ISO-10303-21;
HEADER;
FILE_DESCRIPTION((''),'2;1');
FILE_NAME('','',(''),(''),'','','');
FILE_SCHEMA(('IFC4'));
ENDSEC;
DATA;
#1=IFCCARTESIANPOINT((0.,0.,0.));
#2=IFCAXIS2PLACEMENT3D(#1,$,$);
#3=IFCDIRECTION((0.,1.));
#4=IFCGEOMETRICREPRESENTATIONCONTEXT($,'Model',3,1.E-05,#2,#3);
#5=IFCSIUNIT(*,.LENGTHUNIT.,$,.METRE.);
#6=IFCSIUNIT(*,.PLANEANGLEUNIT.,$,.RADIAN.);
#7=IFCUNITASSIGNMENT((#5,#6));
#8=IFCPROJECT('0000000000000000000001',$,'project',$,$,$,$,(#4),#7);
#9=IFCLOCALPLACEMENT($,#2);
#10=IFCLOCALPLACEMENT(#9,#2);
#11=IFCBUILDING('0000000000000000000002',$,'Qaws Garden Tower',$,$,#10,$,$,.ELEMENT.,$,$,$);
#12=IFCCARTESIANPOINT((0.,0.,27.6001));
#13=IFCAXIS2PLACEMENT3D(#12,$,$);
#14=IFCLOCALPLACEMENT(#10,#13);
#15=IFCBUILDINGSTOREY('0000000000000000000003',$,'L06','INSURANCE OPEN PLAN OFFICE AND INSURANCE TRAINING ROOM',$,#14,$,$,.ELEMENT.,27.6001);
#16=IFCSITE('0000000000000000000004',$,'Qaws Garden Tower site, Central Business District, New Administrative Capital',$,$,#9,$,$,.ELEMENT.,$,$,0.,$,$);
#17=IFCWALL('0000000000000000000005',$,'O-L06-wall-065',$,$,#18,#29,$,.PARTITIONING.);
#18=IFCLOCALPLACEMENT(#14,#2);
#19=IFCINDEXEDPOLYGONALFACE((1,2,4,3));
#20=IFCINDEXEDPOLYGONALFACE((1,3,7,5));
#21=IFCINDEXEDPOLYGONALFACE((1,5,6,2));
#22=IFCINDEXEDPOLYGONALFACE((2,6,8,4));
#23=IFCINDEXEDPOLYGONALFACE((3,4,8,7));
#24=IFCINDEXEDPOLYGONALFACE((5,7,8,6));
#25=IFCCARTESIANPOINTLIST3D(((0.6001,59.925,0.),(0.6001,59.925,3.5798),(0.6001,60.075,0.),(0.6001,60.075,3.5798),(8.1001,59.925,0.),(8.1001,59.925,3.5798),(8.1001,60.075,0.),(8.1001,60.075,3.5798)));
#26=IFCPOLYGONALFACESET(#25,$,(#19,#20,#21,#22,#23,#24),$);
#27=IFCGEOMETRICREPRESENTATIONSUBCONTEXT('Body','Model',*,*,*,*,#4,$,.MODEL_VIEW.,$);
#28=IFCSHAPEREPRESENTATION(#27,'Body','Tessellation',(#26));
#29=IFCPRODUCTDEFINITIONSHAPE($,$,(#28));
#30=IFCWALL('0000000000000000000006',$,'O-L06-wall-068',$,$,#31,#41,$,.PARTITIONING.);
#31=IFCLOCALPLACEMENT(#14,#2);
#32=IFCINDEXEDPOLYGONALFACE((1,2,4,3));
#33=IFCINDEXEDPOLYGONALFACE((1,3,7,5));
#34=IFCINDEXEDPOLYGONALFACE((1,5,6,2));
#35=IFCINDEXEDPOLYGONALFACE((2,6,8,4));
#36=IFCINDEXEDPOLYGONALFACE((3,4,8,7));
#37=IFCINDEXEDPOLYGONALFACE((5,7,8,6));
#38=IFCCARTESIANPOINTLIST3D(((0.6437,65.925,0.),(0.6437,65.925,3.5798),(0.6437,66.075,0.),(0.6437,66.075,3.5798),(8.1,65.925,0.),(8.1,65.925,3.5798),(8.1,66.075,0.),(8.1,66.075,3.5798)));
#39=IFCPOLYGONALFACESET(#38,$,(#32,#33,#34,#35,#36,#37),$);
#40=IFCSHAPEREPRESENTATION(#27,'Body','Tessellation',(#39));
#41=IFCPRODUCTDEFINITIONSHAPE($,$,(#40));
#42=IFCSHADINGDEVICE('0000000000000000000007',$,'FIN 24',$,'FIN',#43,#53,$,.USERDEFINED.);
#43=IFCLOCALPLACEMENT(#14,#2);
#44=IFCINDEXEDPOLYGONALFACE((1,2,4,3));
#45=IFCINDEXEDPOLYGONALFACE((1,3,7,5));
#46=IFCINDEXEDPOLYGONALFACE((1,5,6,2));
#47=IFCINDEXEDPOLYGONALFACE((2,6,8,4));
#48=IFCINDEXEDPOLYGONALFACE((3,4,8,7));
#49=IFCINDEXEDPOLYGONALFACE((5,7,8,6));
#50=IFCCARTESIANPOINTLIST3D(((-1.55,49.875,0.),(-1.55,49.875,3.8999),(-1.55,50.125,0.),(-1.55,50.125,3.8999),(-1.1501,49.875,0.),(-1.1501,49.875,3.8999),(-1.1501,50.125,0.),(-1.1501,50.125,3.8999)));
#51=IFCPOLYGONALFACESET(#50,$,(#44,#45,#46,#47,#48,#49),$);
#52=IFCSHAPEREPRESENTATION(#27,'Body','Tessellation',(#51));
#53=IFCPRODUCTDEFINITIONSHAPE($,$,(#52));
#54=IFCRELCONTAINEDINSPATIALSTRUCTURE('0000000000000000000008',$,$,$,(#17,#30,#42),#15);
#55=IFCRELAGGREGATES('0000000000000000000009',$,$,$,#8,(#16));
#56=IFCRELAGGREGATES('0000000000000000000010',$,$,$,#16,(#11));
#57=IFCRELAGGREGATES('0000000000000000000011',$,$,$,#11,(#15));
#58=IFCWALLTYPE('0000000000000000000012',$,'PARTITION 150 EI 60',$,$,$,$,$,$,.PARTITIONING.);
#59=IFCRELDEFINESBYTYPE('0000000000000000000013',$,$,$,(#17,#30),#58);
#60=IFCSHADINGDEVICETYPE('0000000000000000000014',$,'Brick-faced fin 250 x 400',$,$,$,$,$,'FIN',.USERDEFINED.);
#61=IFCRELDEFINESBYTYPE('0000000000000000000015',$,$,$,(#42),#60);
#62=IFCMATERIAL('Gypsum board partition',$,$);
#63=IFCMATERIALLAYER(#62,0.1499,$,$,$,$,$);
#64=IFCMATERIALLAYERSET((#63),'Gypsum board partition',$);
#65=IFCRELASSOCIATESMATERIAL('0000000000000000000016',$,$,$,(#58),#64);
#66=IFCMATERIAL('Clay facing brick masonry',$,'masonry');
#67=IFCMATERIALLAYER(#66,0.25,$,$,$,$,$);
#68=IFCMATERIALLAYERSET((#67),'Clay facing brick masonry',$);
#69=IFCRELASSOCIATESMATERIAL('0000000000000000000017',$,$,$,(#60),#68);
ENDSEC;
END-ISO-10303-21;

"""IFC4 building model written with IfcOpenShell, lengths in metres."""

from ifc_helpers import new_model, si_unit, direction, frame, frame_2d, origin, origin_2d, place, context, subcontext, project, spatial, rectangle, extrude, material, layer, layer_set, type_object, element, save


model = new_model("IFC4")

# Units and contexts
model_context = context("Model", 3, precision=1e-05, world=origin(), true_north=direction((0.0, 1.0)))
body_context = subcontext(model_context, "Body", "Model", "MODEL_VIEW")
ifc_project = project(units=[si_unit("LENGTHUNIT", "METRE"), si_unit("PLANEANGLEUNIT", "RADIAN")], contexts=[model_context])

# Site, building, storey
site_placement = place(None, origin())
site = spatial("IfcSite", under=ifc_project, at=site_placement, Name="Qaws Garden Tower site, Central Business District, New Administrative Capital", CompositionType="ELEMENT", RefElevation=0.0)
building_placement = place(site_placement, origin())
building = spatial("IfcBuilding", under=site, at=building_placement, Name="Qaws Garden Tower", CompositionType="ELEMENT")
storey_placement = place(building_placement, frame((0.0, 0.0, 27.6001)))
storey = spatial("IfcBuildingStorey", under=building, at=storey_placement, Name="L06", Description="INSURANCE OPEN PLAN OFFICE AND INSURANCE TRAINING ROOM", CompositionType="ELEMENT", Elevation=27.6001)

# Shared definitions
ifc_material_1 = material(Name="Gypsum board partition")
ifc_layer_1 = layer(ifc_material_1, 0.1499)
ifc_layer_set_1 = layer_set([ifc_layer_1], Name="Gypsum board partition")
wall_type_1 = type_object("IfcWallType", Name="PARTITION 150 EI 60", PredefinedType="PARTITIONING", material=ifc_layer_set_1)

# Walls
wall_1_placement = place(storey_placement, frame((0.6001, 60.0, 0.0), z_axis=(0.0, 0.0, 1.0), x_axis=(1.0, 0.0, 0.0)))
element("IfcWall", 1, at=wall_1_placement, inside=storey, type_object=wall_type_1, Name="O-L06-wall-065", PredefinedType="PARTITIONING", context=body_context, shape_type="SweptSolid", body=[
    extrude(rectangle(XDim=7.5, YDim=0.1499, at=frame_2d((3.75, 0.0))), origin(), (0.0, 0.0, 1.0), 3.5798),
])
wall_2_placement = place(storey_placement, frame((0.6438, 66.0, 0.0), z_axis=(0.0, 0.0, 1.0), x_axis=(1.0, 0.0, 0.0)))
element("IfcWall", 2, at=wall_2_placement, inside=storey, type_object=wall_type_1, Name="O-L06-wall-068", PredefinedType="PARTITIONING", context=body_context, shape_type="SweptSolid", body=[
    extrude(rectangle(XDim=7.4563, YDim=0.1499, at=frame_2d((3.728, 0.0))), origin(), (0.0, 0.0, 1.0), 3.5798),
])

# Shading device
ifc_material_2 = material(Name="Clay facing brick masonry", Category="masonry")
ifc_layer_2 = layer(ifc_material_2, 0.25)
ifc_layer_set_2 = layer_set([ifc_layer_2], Name="Clay facing brick masonry")
shading_device_type = type_object("IfcShadingDeviceType", Name="Brick-faced fin 250 x 400", ElementType="FIN", PredefinedType="USERDEFINED", material=ifc_layer_set_2)
shading_device_placement = place(storey_placement, frame((-1.3501, 50.0, 0.0), z_axis=(0.0, 0.0, 1.0), x_axis=(0.0, -1.0, 0.0)))
element("IfcShadingDevice", 3, at=shading_device_placement, inside=storey, type_object=shading_device_type, Name="FIN 24", ObjectType="FIN", PredefinedType="USERDEFINED", context=body_context, shape_type="SweptSolid", body=[
    extrude(rectangle(XDim=0.25, YDim=0.3999, at=origin_2d()), origin(), (0.0, 0.0, 1.0), 3.8999),
])

save(model, "model.ifc")
